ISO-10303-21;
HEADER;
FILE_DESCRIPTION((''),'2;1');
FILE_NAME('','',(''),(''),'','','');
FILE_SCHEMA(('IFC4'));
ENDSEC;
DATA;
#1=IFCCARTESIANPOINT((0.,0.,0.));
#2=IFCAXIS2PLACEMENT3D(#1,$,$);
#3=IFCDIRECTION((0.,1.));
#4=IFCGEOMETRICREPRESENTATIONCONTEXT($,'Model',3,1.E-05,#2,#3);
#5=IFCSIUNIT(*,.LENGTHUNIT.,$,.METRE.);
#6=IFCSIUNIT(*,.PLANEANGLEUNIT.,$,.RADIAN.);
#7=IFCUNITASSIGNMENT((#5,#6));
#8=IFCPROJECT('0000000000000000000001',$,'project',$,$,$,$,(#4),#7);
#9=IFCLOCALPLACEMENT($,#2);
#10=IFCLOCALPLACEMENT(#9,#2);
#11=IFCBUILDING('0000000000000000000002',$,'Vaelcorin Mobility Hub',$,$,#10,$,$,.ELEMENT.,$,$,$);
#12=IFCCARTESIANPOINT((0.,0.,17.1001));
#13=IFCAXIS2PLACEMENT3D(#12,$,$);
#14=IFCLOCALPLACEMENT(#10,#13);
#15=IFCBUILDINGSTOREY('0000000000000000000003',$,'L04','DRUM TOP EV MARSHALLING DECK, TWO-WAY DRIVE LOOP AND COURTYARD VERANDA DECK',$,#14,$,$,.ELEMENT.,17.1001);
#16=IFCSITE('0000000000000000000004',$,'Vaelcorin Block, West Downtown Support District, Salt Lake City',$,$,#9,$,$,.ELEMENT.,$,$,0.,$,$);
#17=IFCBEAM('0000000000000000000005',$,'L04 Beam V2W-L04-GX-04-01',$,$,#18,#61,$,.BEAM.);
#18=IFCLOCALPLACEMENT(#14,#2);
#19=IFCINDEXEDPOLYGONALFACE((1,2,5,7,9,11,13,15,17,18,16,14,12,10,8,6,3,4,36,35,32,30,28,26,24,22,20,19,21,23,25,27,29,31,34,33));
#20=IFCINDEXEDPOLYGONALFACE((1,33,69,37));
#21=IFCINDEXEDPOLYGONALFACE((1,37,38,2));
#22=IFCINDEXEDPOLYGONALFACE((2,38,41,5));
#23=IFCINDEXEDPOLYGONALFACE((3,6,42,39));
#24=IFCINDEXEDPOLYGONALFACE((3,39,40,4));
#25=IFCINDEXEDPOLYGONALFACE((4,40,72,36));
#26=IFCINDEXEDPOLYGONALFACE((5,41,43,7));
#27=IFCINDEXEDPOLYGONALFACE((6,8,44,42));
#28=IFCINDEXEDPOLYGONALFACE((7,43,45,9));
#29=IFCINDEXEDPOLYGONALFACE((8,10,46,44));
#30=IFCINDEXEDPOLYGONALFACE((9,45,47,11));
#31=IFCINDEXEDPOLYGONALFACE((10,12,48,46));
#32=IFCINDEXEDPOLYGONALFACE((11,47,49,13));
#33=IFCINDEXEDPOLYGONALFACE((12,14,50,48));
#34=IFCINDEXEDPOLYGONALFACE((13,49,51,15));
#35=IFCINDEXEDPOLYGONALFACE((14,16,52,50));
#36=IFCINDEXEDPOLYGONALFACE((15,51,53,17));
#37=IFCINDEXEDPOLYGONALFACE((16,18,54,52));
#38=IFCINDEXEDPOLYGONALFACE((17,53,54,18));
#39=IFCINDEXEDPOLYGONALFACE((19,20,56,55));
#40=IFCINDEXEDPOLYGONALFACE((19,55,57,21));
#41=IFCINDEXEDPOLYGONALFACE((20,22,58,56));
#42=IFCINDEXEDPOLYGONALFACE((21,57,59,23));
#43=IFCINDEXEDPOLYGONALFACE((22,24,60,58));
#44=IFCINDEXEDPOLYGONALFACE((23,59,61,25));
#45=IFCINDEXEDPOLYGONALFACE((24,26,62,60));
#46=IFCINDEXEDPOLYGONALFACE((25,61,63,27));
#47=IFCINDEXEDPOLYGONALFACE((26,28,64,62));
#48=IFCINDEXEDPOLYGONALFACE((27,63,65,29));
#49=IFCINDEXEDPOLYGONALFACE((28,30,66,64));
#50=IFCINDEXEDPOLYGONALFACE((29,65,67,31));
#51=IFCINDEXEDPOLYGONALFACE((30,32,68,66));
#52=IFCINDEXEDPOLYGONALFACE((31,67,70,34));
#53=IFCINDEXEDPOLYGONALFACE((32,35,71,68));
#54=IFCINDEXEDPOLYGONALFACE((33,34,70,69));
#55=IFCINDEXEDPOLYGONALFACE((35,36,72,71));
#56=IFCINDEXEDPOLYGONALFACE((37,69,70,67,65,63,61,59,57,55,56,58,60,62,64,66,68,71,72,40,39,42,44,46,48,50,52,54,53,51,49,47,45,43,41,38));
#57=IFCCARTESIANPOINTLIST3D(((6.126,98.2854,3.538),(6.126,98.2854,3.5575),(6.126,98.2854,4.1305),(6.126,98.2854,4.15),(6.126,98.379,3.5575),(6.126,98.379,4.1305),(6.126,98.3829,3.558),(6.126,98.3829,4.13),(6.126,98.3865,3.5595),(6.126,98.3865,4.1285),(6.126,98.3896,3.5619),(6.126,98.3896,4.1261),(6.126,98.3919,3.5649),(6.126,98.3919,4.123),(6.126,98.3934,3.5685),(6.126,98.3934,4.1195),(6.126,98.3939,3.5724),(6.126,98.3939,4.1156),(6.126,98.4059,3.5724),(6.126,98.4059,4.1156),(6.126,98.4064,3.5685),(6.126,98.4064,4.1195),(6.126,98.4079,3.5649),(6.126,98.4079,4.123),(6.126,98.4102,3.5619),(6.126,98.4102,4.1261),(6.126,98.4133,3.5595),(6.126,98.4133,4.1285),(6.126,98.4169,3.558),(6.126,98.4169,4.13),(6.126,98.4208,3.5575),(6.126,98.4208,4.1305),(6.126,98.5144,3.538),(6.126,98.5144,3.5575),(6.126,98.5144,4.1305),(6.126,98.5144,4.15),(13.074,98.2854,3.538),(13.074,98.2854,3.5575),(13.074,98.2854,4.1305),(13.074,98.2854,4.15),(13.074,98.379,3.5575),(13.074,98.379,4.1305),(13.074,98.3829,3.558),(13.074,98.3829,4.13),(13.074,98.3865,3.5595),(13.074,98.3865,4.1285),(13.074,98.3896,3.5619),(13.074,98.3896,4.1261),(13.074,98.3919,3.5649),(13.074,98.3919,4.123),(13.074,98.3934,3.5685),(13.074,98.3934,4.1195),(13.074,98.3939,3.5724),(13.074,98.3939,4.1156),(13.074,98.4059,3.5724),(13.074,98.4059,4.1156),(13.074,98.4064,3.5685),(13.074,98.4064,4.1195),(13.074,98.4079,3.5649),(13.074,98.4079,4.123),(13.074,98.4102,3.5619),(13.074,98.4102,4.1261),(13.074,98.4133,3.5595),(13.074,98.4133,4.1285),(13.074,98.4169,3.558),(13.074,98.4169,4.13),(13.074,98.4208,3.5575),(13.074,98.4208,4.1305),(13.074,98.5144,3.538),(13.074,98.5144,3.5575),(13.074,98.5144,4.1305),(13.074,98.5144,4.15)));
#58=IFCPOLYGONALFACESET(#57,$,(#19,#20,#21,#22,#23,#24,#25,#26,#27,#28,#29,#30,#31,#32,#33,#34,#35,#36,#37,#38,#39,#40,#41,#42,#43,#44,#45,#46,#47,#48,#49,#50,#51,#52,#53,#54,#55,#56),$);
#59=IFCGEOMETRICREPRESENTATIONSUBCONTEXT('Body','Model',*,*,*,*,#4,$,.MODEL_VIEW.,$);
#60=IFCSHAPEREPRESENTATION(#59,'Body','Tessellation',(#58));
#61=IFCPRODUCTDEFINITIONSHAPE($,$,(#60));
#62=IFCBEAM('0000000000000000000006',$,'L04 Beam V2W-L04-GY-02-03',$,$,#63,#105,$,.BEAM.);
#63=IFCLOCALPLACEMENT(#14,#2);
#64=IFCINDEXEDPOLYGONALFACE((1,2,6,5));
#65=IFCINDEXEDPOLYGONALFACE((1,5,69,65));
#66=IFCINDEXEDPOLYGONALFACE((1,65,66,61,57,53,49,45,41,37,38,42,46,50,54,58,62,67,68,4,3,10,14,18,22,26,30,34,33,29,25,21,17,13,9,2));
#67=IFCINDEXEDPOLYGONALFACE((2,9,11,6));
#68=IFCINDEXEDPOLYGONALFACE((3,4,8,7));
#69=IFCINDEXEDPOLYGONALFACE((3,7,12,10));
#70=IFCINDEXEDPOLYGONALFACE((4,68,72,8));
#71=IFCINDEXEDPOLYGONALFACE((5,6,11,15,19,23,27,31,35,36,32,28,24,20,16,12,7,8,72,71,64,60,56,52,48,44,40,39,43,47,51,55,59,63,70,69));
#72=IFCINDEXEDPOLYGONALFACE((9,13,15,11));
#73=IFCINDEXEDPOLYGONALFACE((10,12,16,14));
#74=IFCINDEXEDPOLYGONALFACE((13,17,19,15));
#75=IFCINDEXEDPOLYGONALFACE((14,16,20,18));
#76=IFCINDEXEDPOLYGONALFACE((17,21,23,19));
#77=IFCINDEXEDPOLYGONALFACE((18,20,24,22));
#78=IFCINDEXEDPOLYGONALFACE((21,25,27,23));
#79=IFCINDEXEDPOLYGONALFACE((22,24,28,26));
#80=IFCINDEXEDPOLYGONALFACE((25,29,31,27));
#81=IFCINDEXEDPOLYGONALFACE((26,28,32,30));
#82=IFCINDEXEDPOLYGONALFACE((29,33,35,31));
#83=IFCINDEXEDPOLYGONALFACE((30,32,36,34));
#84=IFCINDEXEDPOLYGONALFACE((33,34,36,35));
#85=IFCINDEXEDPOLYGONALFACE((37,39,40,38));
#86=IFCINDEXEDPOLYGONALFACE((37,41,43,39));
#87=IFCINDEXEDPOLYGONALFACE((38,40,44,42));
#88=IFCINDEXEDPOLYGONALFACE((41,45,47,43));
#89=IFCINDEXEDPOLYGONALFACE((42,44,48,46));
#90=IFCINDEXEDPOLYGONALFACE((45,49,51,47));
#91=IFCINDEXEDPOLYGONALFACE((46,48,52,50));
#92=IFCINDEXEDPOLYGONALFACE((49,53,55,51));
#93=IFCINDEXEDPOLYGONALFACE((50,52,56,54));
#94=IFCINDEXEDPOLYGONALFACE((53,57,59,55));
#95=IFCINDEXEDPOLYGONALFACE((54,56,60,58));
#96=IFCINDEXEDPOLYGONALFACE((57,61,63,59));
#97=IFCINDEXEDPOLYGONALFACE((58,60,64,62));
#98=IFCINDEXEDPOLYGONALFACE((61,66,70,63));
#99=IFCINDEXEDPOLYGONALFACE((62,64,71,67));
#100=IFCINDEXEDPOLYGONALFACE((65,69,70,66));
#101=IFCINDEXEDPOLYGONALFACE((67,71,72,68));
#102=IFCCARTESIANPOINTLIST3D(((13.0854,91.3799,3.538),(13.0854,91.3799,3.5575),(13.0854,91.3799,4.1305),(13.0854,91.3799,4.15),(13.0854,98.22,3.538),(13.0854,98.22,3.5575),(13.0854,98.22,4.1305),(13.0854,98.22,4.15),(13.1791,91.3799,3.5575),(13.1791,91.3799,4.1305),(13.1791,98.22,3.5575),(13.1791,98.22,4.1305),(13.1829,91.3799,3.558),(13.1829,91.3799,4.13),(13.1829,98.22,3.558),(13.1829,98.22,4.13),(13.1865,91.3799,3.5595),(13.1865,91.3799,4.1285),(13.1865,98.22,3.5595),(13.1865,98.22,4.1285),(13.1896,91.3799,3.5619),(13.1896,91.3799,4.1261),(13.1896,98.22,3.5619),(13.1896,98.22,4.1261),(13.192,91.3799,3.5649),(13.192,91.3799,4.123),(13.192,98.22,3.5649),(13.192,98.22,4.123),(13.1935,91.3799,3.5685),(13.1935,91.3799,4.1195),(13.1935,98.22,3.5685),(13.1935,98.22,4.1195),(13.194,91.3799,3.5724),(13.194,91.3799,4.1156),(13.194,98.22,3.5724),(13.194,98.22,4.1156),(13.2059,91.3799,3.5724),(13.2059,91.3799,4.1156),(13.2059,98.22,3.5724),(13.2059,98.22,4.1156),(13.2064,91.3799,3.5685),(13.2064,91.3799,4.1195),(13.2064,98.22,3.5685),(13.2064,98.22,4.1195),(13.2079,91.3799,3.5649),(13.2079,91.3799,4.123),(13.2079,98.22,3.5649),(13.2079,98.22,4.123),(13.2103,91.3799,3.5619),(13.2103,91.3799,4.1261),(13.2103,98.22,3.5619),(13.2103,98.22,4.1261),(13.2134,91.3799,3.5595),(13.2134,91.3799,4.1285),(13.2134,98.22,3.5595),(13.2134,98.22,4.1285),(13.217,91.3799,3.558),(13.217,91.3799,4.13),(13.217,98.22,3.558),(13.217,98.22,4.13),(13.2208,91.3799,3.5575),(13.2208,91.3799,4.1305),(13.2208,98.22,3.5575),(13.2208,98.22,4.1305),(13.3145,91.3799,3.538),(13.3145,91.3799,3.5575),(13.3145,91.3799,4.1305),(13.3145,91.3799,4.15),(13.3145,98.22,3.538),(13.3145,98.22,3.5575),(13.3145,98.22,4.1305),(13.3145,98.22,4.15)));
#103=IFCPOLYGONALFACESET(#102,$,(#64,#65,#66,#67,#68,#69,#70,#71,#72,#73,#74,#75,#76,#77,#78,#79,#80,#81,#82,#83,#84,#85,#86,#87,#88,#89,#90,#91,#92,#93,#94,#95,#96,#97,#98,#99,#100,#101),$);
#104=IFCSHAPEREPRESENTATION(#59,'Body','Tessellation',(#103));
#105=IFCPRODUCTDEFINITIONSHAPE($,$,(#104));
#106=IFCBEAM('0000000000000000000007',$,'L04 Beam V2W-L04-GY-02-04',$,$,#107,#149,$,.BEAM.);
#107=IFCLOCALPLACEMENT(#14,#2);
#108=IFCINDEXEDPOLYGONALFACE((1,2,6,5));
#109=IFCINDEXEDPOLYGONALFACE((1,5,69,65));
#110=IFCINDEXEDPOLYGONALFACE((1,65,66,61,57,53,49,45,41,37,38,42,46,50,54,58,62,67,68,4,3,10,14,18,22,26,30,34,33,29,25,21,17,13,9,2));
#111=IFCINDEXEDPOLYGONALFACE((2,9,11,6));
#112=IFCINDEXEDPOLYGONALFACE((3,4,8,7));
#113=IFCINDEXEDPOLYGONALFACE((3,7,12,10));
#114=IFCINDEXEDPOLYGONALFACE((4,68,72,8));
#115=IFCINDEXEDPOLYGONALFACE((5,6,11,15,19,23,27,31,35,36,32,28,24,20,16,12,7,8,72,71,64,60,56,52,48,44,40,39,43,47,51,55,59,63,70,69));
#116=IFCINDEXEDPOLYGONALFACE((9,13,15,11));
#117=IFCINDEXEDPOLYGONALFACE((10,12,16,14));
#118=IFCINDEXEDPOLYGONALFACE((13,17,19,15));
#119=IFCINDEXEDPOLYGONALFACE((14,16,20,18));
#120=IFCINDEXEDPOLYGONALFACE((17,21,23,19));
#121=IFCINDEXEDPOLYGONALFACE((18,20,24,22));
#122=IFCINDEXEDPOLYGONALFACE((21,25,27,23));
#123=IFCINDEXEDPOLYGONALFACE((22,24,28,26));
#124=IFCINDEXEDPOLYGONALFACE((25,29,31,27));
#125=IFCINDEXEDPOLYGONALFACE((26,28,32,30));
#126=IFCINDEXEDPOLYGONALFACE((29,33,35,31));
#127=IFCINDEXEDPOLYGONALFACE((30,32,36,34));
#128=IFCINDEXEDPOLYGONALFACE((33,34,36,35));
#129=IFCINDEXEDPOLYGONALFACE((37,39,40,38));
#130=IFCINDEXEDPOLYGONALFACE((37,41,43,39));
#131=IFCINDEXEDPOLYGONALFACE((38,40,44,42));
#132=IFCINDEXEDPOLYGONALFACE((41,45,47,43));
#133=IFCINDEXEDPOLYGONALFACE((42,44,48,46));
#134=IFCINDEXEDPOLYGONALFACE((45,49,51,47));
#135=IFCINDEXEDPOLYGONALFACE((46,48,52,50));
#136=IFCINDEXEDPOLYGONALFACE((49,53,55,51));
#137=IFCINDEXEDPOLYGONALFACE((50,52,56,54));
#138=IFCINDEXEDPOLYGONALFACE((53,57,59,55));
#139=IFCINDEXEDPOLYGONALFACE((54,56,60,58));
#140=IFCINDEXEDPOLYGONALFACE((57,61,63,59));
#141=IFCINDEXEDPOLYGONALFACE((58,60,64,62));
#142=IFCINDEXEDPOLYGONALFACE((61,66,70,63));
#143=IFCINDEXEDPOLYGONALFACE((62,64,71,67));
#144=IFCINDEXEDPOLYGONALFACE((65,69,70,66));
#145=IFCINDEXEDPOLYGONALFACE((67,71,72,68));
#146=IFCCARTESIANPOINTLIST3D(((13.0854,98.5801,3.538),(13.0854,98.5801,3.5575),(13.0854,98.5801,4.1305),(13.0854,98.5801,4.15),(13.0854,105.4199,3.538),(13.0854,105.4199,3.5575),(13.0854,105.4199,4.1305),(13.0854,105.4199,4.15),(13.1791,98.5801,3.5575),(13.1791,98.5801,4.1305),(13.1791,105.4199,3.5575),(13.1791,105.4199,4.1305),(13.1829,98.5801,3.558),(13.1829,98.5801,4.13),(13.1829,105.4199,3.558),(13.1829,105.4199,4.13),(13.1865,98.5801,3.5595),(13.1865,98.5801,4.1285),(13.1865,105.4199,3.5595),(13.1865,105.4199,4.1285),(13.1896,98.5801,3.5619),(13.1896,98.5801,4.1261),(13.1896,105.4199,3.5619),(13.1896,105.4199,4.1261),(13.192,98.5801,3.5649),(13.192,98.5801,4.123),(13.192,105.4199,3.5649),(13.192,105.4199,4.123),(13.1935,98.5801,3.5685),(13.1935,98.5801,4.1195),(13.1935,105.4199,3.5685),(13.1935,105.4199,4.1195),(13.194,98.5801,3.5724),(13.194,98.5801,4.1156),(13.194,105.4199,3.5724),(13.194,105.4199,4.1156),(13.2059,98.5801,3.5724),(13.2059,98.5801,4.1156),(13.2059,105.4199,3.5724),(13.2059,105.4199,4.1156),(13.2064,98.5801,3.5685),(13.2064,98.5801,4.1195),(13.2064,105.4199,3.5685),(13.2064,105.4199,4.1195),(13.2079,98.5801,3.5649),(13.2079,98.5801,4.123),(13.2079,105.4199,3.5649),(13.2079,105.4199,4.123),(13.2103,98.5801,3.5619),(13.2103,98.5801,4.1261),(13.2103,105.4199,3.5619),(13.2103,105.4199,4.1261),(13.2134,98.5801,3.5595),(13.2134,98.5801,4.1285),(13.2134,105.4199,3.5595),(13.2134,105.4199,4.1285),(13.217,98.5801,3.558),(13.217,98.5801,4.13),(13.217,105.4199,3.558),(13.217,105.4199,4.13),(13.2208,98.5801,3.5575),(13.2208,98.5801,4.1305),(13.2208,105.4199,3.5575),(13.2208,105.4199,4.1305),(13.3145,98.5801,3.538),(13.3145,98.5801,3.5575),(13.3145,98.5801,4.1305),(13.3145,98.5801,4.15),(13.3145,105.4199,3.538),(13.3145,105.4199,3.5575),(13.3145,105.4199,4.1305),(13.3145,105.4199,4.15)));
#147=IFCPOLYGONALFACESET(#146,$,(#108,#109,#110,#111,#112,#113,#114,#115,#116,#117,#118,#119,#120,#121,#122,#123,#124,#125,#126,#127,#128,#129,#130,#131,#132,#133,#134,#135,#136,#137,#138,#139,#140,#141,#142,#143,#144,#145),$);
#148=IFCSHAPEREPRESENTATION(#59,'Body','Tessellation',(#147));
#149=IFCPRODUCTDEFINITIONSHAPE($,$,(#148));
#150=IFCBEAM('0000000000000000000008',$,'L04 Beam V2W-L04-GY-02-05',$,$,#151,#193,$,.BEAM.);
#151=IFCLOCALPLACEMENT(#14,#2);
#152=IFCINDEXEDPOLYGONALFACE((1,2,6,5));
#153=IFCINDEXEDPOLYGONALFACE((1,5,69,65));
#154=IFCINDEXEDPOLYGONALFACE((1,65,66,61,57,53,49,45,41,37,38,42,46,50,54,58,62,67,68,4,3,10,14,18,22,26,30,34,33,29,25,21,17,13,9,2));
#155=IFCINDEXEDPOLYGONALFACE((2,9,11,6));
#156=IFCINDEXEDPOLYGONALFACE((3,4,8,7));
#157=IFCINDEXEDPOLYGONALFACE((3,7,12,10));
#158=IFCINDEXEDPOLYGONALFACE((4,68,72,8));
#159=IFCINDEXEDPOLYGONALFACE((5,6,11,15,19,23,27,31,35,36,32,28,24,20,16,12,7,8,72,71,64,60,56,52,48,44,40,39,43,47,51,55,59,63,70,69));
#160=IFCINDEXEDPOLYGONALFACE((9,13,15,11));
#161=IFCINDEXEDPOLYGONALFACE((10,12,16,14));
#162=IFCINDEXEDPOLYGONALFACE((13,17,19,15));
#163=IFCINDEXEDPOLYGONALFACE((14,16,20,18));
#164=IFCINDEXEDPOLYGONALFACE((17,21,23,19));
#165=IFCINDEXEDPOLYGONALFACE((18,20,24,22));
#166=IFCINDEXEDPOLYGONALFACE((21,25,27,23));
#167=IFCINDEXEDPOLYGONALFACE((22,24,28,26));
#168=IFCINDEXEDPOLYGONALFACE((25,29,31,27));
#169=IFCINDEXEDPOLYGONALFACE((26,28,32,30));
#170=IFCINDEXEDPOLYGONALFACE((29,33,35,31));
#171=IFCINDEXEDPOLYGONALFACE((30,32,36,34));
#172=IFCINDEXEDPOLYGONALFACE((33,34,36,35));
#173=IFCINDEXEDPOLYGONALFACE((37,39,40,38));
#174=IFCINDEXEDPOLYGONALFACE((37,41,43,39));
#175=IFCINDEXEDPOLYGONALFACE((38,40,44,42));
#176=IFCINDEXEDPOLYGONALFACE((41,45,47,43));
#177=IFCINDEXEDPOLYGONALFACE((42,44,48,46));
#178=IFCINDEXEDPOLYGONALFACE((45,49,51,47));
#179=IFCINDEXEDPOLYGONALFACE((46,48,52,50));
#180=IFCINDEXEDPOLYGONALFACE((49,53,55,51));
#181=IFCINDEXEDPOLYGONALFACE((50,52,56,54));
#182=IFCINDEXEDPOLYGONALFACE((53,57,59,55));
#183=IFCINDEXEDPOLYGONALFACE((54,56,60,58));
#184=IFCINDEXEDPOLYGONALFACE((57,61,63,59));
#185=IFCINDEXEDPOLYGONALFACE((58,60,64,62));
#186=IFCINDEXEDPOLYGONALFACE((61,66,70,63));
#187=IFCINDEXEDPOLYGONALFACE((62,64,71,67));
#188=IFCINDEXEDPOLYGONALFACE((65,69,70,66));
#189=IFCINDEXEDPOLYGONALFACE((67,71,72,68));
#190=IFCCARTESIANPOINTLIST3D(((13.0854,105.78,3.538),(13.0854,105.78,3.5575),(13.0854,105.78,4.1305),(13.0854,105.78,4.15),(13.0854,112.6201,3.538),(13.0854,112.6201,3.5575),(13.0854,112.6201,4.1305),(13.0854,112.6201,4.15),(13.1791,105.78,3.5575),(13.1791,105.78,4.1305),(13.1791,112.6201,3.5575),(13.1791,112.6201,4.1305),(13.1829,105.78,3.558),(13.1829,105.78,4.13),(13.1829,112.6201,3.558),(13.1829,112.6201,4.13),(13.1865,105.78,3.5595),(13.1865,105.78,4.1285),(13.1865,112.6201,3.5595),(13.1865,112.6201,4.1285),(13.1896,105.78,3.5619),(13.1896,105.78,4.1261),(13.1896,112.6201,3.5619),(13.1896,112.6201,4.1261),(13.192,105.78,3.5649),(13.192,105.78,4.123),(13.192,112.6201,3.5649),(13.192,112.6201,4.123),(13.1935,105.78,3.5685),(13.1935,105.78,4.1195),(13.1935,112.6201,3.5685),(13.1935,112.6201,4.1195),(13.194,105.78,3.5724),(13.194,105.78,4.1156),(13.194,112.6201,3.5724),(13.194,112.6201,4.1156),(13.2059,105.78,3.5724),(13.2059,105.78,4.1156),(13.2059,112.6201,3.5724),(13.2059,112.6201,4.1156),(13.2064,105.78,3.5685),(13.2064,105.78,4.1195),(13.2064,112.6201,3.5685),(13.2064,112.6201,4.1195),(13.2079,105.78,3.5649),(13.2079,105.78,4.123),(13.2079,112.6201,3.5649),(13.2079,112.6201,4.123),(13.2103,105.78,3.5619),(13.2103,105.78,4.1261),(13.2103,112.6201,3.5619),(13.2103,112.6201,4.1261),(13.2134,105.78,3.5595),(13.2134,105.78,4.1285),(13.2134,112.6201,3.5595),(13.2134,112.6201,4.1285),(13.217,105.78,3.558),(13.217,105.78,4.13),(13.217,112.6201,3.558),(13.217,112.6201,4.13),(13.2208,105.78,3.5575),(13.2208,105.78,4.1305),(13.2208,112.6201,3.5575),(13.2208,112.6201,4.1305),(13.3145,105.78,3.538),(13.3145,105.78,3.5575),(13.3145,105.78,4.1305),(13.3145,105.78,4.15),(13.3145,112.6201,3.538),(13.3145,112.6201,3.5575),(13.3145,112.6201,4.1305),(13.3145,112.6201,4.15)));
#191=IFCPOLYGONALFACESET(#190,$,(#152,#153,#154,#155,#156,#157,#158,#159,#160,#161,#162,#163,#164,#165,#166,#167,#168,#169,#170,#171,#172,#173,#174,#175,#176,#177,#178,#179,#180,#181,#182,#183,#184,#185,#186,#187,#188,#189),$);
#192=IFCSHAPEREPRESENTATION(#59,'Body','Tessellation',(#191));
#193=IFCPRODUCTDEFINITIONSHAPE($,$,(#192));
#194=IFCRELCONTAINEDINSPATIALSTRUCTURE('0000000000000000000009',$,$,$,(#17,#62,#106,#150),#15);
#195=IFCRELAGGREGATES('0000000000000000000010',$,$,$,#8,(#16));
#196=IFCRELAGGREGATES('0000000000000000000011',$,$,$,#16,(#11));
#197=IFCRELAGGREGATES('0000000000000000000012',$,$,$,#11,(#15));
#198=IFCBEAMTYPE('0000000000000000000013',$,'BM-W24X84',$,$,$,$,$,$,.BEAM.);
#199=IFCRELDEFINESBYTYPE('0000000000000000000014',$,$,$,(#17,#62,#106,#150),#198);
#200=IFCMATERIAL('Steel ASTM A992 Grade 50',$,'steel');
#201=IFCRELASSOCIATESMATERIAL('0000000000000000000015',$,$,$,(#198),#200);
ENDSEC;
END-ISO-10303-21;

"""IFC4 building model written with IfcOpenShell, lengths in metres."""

from ifc_helpers import new_model, si_unit, direction, frame, origin, origin_2d, place, context, subcontext, project, spatial, i_section, extrude, material, material_profile, profile_set, type_object, element, save


model = new_model("IFC4")

# Units and contexts
model_context = context("Model", 3, precision=1e-05, world=origin(), true_north=direction((0.0, 1.0)))
body_context = subcontext(model_context, "Body", "Model", "MODEL_VIEW")
ifc_project = project(units=[si_unit("LENGTHUNIT", "METRE"), si_unit("PLANEANGLEUNIT", "RADIAN")], contexts=[model_context])

# Site, building, storey
site_placement = place(None, origin())
site = spatial("IfcSite", under=ifc_project, at=site_placement, Name="Vaelcorin Block, West Downtown Support District, Salt Lake City", CompositionType="ELEMENT", RefElevation=0.0)
building_placement = place(site_placement, origin())
building = spatial("IfcBuilding", under=site, at=building_placement, Name="Vaelcorin Mobility Hub", CompositionType="ELEMENT")
storey_placement = place(building_placement, frame((0.0, 0.0, 17.1001)))
storey = spatial("IfcBuildingStorey", under=building, at=storey_placement, Name="L04", Description="DRUM TOP EV MARSHALLING DECK, TWO-WAY DRIVE LOOP AND COURTYARD VERANDA DECK", CompositionType="ELEMENT", Elevation=17.1001)

# Shared definitions
ifc_material_1 = material(Name="Steel ASTM A992 Grade 50", Category="steel")

# Beams
ifc_material_profile_1 = material_profile(ifc_material_1, i_section(OverallWidth=0.229, OverallDepth=0.6121, WebThickness=0.012, FlangeThickness=0.0195, FilletRadius=0.0149, at=origin_2d()), Name="W24X84")
ifc_profile_set_1 = profile_set([ifc_material_profile_1], Name="Steel ASTM A992 Grade 50")
beam_type_1 = type_object("IfcBeamType", Name="BM-W24X84", PredefinedType="BEAM", material=ifc_profile_set_1)
beam_1_placement = place(storey_placement, frame((6.126, 98.3999, 3.844), z_axis=(1.0, 0.0, 0.0), x_axis=(0.0, 1.0, 0.0)))
element("IfcBeam", 1, at=beam_1_placement, inside=storey, type_object=beam_type_1, Name="L04 Beam V2W-L04-GX-04-01", PredefinedType="BEAM", context=body_context, shape_type="SweptSolid", body=[
    extrude(i_section(OverallWidth=0.229, OverallDepth=0.6121, WebThickness=0.012, FlangeThickness=0.0195, FilletRadius=0.0149, at=origin_2d()), origin(), (0.0, 0.0, 1.0), 6.948),
])
beam_2_placement = place(storey_placement, frame((13.2, 91.3799, 3.844), z_axis=(0.0, 1.0, 0.0), x_axis=(-1.0, 0.0, 0.0)))
element("IfcBeam", 2, at=beam_2_placement, inside=storey, type_object=beam_type_1, Name="L04 Beam V2W-L04-GY-02-03", PredefinedType="BEAM", context=body_context, shape_type="SweptSolid", body=[
    extrude(i_section(OverallWidth=0.229, OverallDepth=0.6121, WebThickness=0.012, FlangeThickness=0.0195, FilletRadius=0.0149, at=origin_2d()), origin(), (0.0, 0.0, 1.0), 6.8401),
])
beam_3_placement = place(storey_placement, frame((13.2, 98.5801, 3.844), z_axis=(0.0, 1.0, 0.0), x_axis=(-1.0, 0.0, 0.0)))
element("IfcBeam", 3, at=beam_3_placement, inside=storey, type_object=beam_type_1, Name="L04 Beam V2W-L04-GY-02-04", PredefinedType="BEAM", context=body_context, shape_type="SweptSolid", body=[
    extrude(i_section(OverallWidth=0.229, OverallDepth=0.6121, WebThickness=0.012, FlangeThickness=0.0195, FilletRadius=0.0149, at=origin_2d()), origin(), (0.0, 0.0, 1.0), 6.8398),
])
beam_4_placement = place(storey_placement, frame((13.2, 105.78, 3.844), z_axis=(0.0, 1.0, 0.0), x_axis=(-1.0, 0.0, 0.0)))
element("IfcBeam", 4, at=beam_4_placement, inside=storey, type_object=beam_type_1, Name="L04 Beam V2W-L04-GY-02-05", PredefinedType="BEAM", context=body_context, shape_type="SweptSolid", body=[
    extrude(i_section(OverallWidth=0.229, OverallDepth=0.6121, WebThickness=0.012, FlangeThickness=0.0195, FilletRadius=0.0149, at=origin_2d()), origin(), (0.0, 0.0, 1.0), 6.8401),
])

save(model, "model.ifc")
